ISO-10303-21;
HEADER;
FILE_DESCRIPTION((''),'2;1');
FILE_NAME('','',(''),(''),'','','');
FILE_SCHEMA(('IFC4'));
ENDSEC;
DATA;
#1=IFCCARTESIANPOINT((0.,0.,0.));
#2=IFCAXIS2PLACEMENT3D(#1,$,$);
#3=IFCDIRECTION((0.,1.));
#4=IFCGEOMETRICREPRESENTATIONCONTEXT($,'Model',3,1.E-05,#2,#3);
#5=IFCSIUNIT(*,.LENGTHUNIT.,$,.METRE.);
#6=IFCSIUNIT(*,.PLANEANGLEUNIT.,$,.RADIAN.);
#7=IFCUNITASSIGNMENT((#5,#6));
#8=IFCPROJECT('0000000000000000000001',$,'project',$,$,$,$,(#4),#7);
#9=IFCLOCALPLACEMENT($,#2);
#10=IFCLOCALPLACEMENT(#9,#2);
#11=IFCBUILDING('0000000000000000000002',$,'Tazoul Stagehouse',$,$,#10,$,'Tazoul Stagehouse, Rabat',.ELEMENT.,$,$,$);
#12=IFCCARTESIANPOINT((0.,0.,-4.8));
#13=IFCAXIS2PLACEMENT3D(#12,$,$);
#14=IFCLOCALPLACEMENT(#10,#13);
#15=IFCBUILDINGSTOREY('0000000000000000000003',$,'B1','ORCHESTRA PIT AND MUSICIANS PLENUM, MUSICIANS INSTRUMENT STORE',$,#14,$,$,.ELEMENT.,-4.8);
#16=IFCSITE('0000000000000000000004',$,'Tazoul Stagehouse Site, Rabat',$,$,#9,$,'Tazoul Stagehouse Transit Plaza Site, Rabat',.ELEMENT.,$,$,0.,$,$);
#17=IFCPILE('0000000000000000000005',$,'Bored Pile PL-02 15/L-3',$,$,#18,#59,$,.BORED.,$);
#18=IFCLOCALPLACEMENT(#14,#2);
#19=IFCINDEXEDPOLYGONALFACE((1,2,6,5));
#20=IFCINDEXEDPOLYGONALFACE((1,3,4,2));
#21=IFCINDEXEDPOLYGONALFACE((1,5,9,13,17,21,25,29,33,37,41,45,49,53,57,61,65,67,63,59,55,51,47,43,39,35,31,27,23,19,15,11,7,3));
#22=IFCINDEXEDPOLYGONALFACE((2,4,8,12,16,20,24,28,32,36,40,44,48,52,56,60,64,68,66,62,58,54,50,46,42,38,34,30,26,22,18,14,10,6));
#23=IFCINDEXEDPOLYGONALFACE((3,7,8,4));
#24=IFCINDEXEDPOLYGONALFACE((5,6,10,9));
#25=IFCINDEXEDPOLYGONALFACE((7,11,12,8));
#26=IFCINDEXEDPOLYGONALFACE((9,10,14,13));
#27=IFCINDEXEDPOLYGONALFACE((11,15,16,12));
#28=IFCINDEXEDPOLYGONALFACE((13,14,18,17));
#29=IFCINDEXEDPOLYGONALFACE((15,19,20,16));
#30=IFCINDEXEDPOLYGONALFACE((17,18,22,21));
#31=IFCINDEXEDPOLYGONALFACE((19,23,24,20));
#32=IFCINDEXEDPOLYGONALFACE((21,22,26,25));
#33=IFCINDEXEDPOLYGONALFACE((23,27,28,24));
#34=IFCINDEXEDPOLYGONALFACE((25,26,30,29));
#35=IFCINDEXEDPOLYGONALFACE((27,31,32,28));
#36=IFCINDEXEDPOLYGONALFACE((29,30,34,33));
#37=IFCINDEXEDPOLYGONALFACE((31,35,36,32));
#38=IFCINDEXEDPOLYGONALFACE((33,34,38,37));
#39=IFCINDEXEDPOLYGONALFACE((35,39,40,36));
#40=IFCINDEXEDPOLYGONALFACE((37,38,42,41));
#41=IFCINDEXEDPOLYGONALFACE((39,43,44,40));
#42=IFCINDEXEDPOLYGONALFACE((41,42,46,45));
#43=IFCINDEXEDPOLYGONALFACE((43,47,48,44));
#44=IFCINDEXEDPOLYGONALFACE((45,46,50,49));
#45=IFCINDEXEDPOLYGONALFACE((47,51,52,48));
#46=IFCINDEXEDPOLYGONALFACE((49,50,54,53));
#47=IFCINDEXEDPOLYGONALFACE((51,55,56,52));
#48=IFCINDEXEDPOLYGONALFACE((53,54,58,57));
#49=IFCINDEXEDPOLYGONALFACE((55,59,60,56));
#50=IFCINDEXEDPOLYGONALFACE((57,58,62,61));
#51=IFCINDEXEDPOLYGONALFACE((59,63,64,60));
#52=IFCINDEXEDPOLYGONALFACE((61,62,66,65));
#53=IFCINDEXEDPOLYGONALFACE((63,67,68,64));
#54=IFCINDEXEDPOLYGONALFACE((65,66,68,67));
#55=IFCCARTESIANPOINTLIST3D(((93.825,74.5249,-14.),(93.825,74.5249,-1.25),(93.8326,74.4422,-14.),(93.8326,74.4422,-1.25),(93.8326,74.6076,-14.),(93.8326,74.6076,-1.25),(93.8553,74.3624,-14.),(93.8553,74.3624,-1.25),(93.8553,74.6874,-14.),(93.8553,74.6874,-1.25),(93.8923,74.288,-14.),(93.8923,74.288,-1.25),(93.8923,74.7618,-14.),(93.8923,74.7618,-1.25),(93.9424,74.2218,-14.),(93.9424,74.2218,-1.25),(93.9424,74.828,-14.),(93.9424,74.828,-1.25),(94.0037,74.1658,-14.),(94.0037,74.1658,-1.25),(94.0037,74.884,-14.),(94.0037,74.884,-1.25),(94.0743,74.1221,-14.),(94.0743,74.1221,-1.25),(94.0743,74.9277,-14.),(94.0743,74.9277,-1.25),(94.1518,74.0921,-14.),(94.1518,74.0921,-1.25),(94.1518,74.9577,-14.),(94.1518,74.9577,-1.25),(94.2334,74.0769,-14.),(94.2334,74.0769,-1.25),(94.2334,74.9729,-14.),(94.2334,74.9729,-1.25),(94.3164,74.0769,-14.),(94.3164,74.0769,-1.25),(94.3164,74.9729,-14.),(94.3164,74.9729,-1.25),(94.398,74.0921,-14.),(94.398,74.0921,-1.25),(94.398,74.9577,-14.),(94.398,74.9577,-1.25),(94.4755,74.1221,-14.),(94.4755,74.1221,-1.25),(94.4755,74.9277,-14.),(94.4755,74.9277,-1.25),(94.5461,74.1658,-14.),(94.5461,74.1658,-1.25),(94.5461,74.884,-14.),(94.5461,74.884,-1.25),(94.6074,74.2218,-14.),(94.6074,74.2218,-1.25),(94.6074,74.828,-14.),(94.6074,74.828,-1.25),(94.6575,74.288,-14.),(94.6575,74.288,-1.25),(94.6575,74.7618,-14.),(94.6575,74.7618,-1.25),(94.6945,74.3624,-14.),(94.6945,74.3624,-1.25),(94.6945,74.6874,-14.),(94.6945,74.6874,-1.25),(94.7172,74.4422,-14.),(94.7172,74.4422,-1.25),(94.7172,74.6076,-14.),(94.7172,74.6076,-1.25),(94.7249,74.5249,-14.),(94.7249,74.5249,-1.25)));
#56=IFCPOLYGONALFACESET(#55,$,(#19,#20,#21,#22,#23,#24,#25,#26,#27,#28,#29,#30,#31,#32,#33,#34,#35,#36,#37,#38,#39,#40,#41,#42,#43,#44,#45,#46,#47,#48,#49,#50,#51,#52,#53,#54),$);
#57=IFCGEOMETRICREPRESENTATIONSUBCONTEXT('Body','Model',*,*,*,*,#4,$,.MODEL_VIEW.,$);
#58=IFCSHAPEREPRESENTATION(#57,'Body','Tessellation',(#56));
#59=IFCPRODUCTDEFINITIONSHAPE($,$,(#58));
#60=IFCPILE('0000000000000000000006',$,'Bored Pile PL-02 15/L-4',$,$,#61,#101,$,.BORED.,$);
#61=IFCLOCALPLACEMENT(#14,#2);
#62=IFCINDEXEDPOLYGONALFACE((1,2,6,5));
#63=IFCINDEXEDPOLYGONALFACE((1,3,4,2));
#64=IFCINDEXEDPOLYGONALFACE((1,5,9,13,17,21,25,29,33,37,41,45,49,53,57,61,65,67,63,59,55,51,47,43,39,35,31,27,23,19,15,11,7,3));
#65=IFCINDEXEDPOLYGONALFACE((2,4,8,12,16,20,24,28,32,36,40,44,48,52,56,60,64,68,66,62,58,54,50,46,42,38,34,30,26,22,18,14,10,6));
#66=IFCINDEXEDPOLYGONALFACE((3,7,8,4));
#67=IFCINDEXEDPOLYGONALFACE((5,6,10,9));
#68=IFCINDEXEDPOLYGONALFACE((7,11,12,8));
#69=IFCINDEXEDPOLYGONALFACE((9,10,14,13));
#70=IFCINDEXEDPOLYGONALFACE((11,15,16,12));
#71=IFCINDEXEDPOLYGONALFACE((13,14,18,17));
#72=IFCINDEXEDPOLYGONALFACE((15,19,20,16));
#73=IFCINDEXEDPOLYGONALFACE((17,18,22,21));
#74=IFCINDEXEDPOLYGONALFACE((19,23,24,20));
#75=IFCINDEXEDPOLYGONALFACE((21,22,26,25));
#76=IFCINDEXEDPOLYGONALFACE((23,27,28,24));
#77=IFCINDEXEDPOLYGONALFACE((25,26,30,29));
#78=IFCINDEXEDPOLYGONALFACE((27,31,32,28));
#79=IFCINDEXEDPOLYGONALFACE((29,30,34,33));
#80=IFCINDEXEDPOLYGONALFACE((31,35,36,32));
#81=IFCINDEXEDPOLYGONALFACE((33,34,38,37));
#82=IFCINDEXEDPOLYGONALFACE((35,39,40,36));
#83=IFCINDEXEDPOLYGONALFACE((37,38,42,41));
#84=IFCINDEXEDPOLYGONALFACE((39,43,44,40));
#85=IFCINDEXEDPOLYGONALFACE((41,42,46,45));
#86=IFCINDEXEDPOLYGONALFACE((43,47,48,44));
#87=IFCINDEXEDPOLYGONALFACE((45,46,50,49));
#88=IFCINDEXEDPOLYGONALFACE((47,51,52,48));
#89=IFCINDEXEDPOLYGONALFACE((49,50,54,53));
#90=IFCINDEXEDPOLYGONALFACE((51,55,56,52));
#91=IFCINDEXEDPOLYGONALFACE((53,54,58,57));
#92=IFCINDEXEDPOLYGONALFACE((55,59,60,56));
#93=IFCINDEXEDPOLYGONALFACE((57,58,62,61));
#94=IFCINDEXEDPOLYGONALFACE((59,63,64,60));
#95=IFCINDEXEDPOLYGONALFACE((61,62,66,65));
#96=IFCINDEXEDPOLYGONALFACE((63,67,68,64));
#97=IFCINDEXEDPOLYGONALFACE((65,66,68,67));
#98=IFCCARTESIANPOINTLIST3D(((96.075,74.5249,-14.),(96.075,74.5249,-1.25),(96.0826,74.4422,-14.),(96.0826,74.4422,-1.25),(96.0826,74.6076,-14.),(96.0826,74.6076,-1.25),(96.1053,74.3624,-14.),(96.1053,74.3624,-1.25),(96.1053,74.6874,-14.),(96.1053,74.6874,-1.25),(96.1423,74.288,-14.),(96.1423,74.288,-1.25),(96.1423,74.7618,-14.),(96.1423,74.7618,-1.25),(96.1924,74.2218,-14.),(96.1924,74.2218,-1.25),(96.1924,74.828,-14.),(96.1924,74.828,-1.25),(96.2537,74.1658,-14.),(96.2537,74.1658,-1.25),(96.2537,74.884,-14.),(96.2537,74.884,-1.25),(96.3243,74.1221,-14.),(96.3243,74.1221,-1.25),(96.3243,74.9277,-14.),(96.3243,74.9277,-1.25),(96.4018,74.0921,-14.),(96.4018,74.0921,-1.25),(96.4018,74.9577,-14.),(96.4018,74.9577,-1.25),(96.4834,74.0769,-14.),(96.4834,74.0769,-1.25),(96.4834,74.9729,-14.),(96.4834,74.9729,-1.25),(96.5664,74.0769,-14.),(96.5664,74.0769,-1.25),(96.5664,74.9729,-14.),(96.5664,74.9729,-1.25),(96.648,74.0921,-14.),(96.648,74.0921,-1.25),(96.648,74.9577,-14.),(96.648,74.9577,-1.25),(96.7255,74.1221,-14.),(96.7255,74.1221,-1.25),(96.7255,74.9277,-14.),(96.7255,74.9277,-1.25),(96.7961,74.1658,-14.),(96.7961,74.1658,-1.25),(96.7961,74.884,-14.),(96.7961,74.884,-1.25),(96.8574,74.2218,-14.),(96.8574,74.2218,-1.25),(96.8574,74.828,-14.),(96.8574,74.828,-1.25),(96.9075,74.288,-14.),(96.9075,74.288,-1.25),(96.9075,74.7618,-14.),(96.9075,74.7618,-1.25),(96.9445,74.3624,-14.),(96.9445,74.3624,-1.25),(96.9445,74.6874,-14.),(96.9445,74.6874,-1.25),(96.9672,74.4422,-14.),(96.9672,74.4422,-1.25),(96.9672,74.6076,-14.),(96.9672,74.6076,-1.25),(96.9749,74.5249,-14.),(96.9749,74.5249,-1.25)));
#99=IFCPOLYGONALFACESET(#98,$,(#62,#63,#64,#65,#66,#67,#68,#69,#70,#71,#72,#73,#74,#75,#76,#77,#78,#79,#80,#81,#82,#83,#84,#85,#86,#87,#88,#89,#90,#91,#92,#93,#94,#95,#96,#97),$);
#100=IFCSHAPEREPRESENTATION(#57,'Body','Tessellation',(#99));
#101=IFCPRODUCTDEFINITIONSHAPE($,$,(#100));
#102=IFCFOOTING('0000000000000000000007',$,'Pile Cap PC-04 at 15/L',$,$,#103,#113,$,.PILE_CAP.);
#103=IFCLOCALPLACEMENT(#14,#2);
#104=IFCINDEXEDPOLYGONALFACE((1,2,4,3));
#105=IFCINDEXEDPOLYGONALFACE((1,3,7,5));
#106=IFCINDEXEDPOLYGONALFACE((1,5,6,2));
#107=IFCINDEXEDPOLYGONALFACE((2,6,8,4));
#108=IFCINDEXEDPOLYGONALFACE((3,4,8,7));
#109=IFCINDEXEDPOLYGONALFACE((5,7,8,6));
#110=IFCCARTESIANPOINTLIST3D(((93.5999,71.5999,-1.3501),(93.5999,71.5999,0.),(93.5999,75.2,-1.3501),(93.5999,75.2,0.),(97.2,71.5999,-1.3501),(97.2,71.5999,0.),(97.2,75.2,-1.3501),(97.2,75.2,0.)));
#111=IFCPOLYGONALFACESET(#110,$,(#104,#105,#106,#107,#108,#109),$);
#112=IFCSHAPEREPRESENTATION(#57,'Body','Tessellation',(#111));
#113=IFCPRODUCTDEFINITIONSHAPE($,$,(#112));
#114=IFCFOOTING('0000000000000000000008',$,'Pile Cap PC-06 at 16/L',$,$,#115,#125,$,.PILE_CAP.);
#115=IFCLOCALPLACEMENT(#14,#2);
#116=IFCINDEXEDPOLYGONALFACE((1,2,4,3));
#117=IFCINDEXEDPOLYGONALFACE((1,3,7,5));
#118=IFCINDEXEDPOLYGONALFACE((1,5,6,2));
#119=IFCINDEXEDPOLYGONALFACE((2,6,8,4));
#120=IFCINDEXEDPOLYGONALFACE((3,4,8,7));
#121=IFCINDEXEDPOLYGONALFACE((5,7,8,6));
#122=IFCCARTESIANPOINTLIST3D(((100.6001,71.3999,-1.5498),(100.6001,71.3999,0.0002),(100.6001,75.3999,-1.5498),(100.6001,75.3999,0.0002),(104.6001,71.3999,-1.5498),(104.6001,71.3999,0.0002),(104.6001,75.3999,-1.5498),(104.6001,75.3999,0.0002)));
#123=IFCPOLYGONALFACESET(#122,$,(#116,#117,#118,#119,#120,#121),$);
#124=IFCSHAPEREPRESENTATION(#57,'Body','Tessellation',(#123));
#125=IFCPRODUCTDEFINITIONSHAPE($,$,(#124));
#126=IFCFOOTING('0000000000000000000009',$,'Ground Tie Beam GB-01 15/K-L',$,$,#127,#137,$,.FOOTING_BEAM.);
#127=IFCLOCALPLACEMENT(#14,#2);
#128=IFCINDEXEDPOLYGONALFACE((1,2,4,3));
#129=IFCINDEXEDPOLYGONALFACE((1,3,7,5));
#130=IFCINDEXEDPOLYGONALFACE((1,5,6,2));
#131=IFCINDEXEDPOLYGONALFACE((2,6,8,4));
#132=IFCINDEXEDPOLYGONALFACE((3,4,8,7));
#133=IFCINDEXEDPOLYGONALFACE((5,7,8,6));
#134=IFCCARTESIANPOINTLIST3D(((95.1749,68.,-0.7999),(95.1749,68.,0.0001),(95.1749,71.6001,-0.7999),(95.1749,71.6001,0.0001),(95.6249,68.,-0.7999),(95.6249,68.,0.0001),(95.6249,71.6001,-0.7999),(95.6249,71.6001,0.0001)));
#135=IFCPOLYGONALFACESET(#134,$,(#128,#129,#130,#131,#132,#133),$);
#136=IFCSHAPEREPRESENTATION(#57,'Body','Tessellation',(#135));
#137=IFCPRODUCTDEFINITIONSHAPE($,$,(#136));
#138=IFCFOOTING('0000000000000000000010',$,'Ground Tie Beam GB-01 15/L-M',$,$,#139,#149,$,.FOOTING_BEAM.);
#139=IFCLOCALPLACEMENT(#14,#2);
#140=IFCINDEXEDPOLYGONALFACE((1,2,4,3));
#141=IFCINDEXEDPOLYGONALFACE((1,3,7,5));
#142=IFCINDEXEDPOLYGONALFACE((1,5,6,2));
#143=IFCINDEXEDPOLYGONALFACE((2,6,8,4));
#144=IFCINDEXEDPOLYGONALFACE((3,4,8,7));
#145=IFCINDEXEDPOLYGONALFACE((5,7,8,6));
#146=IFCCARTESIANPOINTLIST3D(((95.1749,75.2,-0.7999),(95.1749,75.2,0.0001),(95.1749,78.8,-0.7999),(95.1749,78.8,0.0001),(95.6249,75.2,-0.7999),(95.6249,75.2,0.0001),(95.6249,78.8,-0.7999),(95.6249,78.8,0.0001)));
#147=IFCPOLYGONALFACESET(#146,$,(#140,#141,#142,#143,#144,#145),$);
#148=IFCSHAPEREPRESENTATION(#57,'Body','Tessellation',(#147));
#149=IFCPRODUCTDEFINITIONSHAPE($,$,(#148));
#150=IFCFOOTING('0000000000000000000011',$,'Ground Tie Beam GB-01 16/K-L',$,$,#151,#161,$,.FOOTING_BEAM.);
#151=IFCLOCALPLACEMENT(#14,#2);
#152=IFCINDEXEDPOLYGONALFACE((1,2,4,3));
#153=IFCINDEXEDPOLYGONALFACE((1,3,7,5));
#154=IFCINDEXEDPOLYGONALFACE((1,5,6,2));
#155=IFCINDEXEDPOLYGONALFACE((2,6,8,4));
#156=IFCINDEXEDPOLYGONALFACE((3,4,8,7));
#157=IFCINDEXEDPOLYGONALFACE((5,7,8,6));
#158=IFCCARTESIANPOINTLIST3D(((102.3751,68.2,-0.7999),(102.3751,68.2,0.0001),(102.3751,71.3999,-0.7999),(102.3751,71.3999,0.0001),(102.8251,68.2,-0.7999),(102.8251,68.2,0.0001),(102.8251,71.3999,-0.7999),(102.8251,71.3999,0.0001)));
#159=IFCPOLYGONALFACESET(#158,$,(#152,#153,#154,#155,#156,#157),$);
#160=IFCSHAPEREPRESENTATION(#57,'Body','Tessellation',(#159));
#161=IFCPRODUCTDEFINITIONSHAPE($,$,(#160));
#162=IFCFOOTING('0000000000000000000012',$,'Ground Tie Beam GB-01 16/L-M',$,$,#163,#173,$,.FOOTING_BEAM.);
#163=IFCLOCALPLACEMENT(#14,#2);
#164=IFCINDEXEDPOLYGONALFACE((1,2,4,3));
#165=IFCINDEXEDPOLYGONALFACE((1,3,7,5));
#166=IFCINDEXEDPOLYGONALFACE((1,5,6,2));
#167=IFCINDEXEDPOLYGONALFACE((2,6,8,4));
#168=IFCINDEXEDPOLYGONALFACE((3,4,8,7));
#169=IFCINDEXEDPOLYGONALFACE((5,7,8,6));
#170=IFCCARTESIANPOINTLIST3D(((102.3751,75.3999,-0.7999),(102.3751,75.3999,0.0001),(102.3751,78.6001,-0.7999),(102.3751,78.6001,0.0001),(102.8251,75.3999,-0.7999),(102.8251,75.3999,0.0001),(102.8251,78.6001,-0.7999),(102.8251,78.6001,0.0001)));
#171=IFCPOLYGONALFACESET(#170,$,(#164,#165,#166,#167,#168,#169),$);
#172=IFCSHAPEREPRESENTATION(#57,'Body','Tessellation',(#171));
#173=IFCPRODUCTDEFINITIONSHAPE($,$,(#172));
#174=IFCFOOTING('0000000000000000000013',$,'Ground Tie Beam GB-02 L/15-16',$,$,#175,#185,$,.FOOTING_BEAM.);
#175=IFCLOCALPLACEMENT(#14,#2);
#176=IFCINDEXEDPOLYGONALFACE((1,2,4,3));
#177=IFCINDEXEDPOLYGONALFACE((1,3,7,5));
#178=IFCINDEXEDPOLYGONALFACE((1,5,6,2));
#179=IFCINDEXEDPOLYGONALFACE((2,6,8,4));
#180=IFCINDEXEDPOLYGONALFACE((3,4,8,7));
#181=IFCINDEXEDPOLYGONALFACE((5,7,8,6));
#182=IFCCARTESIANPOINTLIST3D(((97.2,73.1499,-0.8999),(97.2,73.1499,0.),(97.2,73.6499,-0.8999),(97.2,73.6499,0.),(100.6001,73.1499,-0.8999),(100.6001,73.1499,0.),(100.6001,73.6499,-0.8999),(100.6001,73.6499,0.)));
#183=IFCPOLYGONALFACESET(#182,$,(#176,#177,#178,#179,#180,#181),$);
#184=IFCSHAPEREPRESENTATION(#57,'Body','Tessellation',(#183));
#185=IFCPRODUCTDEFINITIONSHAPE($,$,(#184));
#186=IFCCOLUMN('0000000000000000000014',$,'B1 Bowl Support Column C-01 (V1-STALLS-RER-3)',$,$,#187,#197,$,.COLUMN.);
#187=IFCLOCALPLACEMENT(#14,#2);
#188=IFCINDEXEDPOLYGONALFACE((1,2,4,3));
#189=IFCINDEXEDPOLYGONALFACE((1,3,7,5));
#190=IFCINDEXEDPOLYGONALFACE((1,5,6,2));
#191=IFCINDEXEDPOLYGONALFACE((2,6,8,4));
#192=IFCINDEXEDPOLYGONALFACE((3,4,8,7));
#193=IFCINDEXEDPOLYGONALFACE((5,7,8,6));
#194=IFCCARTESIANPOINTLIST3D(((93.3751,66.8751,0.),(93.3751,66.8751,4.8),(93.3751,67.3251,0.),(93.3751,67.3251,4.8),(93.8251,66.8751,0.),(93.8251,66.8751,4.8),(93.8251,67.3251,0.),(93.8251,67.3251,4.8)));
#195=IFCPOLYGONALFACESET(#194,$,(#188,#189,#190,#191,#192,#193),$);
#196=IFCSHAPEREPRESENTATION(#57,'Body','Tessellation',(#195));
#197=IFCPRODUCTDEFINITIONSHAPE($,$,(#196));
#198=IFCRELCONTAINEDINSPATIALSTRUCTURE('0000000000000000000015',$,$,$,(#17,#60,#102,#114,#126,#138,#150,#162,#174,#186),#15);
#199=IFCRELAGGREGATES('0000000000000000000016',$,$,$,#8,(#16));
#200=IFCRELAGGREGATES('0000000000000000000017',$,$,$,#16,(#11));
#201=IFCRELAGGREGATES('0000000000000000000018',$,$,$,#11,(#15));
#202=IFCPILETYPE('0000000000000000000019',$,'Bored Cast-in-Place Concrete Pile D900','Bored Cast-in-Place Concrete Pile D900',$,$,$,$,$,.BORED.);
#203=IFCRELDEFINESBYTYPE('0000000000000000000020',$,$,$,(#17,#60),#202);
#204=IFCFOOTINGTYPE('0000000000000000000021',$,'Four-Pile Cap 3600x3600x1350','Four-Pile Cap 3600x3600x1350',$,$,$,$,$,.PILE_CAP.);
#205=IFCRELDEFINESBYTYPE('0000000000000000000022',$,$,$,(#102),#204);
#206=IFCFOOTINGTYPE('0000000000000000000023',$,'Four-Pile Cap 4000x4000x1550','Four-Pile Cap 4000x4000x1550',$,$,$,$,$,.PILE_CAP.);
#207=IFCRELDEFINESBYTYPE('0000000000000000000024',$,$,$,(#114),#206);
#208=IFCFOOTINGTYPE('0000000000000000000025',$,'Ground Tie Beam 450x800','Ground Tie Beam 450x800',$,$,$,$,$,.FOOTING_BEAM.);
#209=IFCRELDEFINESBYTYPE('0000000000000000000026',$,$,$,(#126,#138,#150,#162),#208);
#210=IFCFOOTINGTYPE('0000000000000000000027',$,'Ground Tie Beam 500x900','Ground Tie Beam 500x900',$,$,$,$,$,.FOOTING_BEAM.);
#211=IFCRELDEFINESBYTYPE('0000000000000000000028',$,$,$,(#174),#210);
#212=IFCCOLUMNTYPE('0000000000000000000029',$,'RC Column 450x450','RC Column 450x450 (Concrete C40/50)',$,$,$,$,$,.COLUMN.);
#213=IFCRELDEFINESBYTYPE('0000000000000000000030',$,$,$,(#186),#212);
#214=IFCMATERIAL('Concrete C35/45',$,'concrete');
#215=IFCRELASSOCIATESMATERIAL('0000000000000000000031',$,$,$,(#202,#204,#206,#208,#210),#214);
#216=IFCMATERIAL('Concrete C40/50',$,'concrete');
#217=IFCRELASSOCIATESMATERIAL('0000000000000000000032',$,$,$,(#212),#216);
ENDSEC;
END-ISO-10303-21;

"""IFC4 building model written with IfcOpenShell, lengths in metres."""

from ifc_helpers import new_model, si_unit, direction, frame, origin, origin_2d, place, context, subcontext, project, spatial, rectangle, circle, extrude, material, material_profile, profile_set, type_object, element, save


model = new_model("IFC4")

# Units and contexts
model_context = context("Model", 3, precision=1e-05, world=origin(), true_north=direction((0.0, 1.0)))
body_context = subcontext(model_context, "Body", "Model", "MODEL_VIEW")
ifc_project = project(units=[si_unit("LENGTHUNIT", "METRE"), si_unit("PLANEANGLEUNIT", "RADIAN")], contexts=[model_context])

# Site, building, storey
site_placement = place(None, origin())
site = spatial("IfcSite", under=ifc_project, at=site_placement, Name="Tazoul Stagehouse Site, Rabat", LongName="Tazoul Stagehouse Transit Plaza Site, Rabat", CompositionType="ELEMENT", RefElevation=0.0)
building_placement = place(site_placement, origin())
building = spatial("IfcBuilding", under=site, at=building_placement, Name="Tazoul Stagehouse", LongName="Tazoul Stagehouse, Rabat", CompositionType="ELEMENT")
storey_placement = place(building_placement, frame((0.0, 0.0, -4.8)))
storey = spatial("IfcBuildingStorey", under=building, at=storey_placement, Name="B1", Description="ORCHESTRA PIT AND MUSICIANS PLENUM, MUSICIANS INSTRUMENT STORE", CompositionType="ELEMENT", Elevation=-4.8)

# Piles
ifc_material_1 = material(Name="Concrete C35/45", Category="concrete")
ifc_material_profile_1 = material_profile(ifc_material_1, circle(Radius=0.45, at=origin_2d()), Name="BORED PILE 900")
ifc_profile_set_1 = profile_set([ifc_material_profile_1], Name="Concrete C35/45")
pile_type_1 = type_object("IfcPileType", Name="Bored Cast-in-Place Concrete Pile D900", Description="Bored Cast-in-Place Concrete Pile D900", PredefinedType="BORED", material=ifc_profile_set_1)
for number, where, z_axis, x_axis, name in (
    (1, (94.2749, 74.5249, -1.25), (0.0, 0.0, -1.0), (1.0, 0.0, 0.0), "Bored Pile PL-02 15/L-3"),
    (2, (96.5249, 74.5249, -1.25), (0.0, 0.0, -1.0), (1.0, 0.0, 0.0), "Bored Pile PL-02 15/L-4"),
):
    element("IfcPile", number, at=place(storey_placement, frame(where, z_axis=z_axis, x_axis=x_axis)), inside=storey, type_object=pile_type_1, Name=name, PredefinedType="BORED", context=body_context, shape_type="SweptSolid", body=[
        extrude(circle(Radius=0.45, at=origin_2d()), origin(), (0.0, 0.0, 1.0), 12.75),
    ])

# Footings
footing_type_1 = type_object("IfcFootingType", Name="Four-Pile Cap 3600x3600x1350", Description="Four-Pile Cap 3600x3600x1350", PredefinedType="PILE_CAP", material=ifc_material_1)
footing_1_placement = place(storey_placement, frame((95.3999, 73.3999, -1.3501), z_axis=(0.0, 0.0, 1.0), x_axis=(1.0, 0.0, 0.0)))
element("IfcFooting", 3, at=footing_1_placement, inside=storey, type_object=footing_type_1, Name="Pile Cap PC-04 at 15/L", PredefinedType="PILE_CAP", context=body_context, shape_type="SweptSolid", body=[
    extrude(rectangle(XDim=3.6001, YDim=3.6001, at=origin_2d()), origin(), (0.0, 0.0, 1.0), 1.3501),
])
footing_type_2 = type_object("IfcFootingType", Name="Four-Pile Cap 4000x4000x1550", Description="Four-Pile Cap 4000x4000x1550", PredefinedType="PILE_CAP", material=ifc_material_1)
footing_2_placement = place(storey_placement, frame((102.6001, 73.3999, -1.5498), z_axis=(0.0, 0.0, 1.0), x_axis=(1.0, 0.0, 0.0)))
element("IfcFooting", 4, at=footing_2_placement, inside=storey, type_object=footing_type_2, Name="Pile Cap PC-06 at 16/L", PredefinedType="PILE_CAP", context=body_context, shape_type="SweptSolid", body=[
    extrude(rectangle(XDim=4.0, YDim=4.0, at=origin_2d()), origin(), (0.0, 0.0, 1.0), 1.55),
])
ifc_material_profile_2 = material_profile(ifc_material_1, rectangle(XDim=0.45, YDim=0.8, at=origin_2d()), Name="RC 450x800")
ifc_profile_set_2 = profile_set([ifc_material_profile_2], Name="Concrete C35/45")
footing_type_3 = type_object("IfcFootingType", Name="Ground Tie Beam 450x800", Description="Ground Tie Beam 450x800", PredefinedType="FOOTING_BEAM", material=ifc_profile_set_2)
for number, where, z_axis, x_axis, name in (
    (5, (95.3999, 68.0, -0.3999), (0.0, 1.0, 0.0), (-1.0, 0.0, 0.0), "Ground Tie Beam GB-01 15/K-L"),
    (6, (95.3999, 75.2, -0.3999), (0.0, 1.0, 0.0), (-1.0, 0.0, 0.0), "Ground Tie Beam GB-01 15/L-M"),
):
    element("IfcFooting", number, at=place(storey_placement, frame(where, z_axis=z_axis, x_axis=x_axis)), inside=storey, type_object=footing_type_3, Name=name, PredefinedType="FOOTING_BEAM", context=body_context, shape_type="SweptSolid", body=[
        extrude(rectangle(XDim=0.45, YDim=0.8, at=origin_2d()), origin(), (0.0, 0.0, 1.0), 3.6001),
    ])
footing_3_placement = place(storey_placement, frame((102.6001, 68.2, -0.3999), z_axis=(0.0, 1.0, 0.0), x_axis=(-1.0, 0.0, 0.0)))
element("IfcFooting", 7, at=footing_3_placement, inside=storey, type_object=footing_type_3, Name="Ground Tie Beam GB-01 16/K-L", PredefinedType="FOOTING_BEAM", context=body_context, shape_type="SweptSolid", body=[
    extrude(rectangle(XDim=0.45, YDim=0.8, at=origin_2d()), origin(), (0.0, 0.0, 1.0), 3.2),
])
footing_4_placement = place(storey_placement, frame((102.6001, 75.3999, -0.3999), z_axis=(0.0, 1.0, 0.0), x_axis=(-1.0, 0.0, 0.0)))
element("IfcFooting", 8, at=footing_4_placement, inside=storey, type_object=footing_type_3, Name="Ground Tie Beam GB-01 16/L-M", PredefinedType="FOOTING_BEAM", context=body_context, shape_type="SweptSolid", body=[
    extrude(rectangle(XDim=0.45, YDim=0.8, at=origin_2d()), origin(), (0.0, 0.0, 1.0), 3.2002),
])
ifc_material_profile_3 = material_profile(ifc_material_1, rectangle(XDim=0.5, YDim=0.8999, at=origin_2d()), Name="RC 500x900")
ifc_profile_set_3 = profile_set([ifc_material_profile_3], Name="Concrete C35/45")
footing_type_4 = type_object("IfcFootingType", Name="Ground Tie Beam 500x900", Description="Ground Tie Beam 500x900", PredefinedType="FOOTING_BEAM", material=ifc_profile_set_3)
footing_5_placement = place(storey_placement, frame((97.2, 73.3999, -0.45), z_axis=(1.0, 0.0, 0.0), x_axis=(0.0, 1.0, 0.0)))
element("IfcFooting", 9, at=footing_5_placement, inside=storey, type_object=footing_type_4, Name="Ground Tie Beam GB-02 L/15-16", PredefinedType="FOOTING_BEAM", context=body_context, shape_type="SweptSolid", body=[
    extrude(rectangle(XDim=0.5, YDim=0.8999, at=origin_2d()), origin(), (0.0, 0.0, 1.0), 3.4001),
])

# Column
ifc_material_2 = material(Name="Concrete C40/50", Category="concrete")
ifc_material_profile_4 = material_profile(ifc_material_2, rectangle(XDim=0.45, YDim=0.45, at=origin_2d()), Name="RC 450x450")
ifc_profile_set_4 = profile_set([ifc_material_profile_4], Name="Concrete C40/50")
column_type_1 = type_object("IfcColumnType", Name="RC Column 450x450", Description="RC Column 450x450 (Concrete C40/50)", PredefinedType="COLUMN", material=ifc_profile_set_4)
column_1_placement = place(storey_placement, frame((93.6001, 67.1001, 0.0), z_axis=(0.0, 0.0, 1.0), x_axis=(1.0, 0.0, 0.0)))
element("IfcColumn", 10, at=column_1_placement, inside=storey, type_object=column_type_1, Name="B1 Bowl Support Column C-01 (V1-STALLS-RER-3)", PredefinedType="COLUMN", context=body_context, shape_type="SweptSolid", body=[
    extrude(rectangle(XDim=0.45, YDim=0.45, at=origin_2d()), origin(), (0.0, 0.0, 1.0), 4.8),
])

save(model, "model.ifc")
